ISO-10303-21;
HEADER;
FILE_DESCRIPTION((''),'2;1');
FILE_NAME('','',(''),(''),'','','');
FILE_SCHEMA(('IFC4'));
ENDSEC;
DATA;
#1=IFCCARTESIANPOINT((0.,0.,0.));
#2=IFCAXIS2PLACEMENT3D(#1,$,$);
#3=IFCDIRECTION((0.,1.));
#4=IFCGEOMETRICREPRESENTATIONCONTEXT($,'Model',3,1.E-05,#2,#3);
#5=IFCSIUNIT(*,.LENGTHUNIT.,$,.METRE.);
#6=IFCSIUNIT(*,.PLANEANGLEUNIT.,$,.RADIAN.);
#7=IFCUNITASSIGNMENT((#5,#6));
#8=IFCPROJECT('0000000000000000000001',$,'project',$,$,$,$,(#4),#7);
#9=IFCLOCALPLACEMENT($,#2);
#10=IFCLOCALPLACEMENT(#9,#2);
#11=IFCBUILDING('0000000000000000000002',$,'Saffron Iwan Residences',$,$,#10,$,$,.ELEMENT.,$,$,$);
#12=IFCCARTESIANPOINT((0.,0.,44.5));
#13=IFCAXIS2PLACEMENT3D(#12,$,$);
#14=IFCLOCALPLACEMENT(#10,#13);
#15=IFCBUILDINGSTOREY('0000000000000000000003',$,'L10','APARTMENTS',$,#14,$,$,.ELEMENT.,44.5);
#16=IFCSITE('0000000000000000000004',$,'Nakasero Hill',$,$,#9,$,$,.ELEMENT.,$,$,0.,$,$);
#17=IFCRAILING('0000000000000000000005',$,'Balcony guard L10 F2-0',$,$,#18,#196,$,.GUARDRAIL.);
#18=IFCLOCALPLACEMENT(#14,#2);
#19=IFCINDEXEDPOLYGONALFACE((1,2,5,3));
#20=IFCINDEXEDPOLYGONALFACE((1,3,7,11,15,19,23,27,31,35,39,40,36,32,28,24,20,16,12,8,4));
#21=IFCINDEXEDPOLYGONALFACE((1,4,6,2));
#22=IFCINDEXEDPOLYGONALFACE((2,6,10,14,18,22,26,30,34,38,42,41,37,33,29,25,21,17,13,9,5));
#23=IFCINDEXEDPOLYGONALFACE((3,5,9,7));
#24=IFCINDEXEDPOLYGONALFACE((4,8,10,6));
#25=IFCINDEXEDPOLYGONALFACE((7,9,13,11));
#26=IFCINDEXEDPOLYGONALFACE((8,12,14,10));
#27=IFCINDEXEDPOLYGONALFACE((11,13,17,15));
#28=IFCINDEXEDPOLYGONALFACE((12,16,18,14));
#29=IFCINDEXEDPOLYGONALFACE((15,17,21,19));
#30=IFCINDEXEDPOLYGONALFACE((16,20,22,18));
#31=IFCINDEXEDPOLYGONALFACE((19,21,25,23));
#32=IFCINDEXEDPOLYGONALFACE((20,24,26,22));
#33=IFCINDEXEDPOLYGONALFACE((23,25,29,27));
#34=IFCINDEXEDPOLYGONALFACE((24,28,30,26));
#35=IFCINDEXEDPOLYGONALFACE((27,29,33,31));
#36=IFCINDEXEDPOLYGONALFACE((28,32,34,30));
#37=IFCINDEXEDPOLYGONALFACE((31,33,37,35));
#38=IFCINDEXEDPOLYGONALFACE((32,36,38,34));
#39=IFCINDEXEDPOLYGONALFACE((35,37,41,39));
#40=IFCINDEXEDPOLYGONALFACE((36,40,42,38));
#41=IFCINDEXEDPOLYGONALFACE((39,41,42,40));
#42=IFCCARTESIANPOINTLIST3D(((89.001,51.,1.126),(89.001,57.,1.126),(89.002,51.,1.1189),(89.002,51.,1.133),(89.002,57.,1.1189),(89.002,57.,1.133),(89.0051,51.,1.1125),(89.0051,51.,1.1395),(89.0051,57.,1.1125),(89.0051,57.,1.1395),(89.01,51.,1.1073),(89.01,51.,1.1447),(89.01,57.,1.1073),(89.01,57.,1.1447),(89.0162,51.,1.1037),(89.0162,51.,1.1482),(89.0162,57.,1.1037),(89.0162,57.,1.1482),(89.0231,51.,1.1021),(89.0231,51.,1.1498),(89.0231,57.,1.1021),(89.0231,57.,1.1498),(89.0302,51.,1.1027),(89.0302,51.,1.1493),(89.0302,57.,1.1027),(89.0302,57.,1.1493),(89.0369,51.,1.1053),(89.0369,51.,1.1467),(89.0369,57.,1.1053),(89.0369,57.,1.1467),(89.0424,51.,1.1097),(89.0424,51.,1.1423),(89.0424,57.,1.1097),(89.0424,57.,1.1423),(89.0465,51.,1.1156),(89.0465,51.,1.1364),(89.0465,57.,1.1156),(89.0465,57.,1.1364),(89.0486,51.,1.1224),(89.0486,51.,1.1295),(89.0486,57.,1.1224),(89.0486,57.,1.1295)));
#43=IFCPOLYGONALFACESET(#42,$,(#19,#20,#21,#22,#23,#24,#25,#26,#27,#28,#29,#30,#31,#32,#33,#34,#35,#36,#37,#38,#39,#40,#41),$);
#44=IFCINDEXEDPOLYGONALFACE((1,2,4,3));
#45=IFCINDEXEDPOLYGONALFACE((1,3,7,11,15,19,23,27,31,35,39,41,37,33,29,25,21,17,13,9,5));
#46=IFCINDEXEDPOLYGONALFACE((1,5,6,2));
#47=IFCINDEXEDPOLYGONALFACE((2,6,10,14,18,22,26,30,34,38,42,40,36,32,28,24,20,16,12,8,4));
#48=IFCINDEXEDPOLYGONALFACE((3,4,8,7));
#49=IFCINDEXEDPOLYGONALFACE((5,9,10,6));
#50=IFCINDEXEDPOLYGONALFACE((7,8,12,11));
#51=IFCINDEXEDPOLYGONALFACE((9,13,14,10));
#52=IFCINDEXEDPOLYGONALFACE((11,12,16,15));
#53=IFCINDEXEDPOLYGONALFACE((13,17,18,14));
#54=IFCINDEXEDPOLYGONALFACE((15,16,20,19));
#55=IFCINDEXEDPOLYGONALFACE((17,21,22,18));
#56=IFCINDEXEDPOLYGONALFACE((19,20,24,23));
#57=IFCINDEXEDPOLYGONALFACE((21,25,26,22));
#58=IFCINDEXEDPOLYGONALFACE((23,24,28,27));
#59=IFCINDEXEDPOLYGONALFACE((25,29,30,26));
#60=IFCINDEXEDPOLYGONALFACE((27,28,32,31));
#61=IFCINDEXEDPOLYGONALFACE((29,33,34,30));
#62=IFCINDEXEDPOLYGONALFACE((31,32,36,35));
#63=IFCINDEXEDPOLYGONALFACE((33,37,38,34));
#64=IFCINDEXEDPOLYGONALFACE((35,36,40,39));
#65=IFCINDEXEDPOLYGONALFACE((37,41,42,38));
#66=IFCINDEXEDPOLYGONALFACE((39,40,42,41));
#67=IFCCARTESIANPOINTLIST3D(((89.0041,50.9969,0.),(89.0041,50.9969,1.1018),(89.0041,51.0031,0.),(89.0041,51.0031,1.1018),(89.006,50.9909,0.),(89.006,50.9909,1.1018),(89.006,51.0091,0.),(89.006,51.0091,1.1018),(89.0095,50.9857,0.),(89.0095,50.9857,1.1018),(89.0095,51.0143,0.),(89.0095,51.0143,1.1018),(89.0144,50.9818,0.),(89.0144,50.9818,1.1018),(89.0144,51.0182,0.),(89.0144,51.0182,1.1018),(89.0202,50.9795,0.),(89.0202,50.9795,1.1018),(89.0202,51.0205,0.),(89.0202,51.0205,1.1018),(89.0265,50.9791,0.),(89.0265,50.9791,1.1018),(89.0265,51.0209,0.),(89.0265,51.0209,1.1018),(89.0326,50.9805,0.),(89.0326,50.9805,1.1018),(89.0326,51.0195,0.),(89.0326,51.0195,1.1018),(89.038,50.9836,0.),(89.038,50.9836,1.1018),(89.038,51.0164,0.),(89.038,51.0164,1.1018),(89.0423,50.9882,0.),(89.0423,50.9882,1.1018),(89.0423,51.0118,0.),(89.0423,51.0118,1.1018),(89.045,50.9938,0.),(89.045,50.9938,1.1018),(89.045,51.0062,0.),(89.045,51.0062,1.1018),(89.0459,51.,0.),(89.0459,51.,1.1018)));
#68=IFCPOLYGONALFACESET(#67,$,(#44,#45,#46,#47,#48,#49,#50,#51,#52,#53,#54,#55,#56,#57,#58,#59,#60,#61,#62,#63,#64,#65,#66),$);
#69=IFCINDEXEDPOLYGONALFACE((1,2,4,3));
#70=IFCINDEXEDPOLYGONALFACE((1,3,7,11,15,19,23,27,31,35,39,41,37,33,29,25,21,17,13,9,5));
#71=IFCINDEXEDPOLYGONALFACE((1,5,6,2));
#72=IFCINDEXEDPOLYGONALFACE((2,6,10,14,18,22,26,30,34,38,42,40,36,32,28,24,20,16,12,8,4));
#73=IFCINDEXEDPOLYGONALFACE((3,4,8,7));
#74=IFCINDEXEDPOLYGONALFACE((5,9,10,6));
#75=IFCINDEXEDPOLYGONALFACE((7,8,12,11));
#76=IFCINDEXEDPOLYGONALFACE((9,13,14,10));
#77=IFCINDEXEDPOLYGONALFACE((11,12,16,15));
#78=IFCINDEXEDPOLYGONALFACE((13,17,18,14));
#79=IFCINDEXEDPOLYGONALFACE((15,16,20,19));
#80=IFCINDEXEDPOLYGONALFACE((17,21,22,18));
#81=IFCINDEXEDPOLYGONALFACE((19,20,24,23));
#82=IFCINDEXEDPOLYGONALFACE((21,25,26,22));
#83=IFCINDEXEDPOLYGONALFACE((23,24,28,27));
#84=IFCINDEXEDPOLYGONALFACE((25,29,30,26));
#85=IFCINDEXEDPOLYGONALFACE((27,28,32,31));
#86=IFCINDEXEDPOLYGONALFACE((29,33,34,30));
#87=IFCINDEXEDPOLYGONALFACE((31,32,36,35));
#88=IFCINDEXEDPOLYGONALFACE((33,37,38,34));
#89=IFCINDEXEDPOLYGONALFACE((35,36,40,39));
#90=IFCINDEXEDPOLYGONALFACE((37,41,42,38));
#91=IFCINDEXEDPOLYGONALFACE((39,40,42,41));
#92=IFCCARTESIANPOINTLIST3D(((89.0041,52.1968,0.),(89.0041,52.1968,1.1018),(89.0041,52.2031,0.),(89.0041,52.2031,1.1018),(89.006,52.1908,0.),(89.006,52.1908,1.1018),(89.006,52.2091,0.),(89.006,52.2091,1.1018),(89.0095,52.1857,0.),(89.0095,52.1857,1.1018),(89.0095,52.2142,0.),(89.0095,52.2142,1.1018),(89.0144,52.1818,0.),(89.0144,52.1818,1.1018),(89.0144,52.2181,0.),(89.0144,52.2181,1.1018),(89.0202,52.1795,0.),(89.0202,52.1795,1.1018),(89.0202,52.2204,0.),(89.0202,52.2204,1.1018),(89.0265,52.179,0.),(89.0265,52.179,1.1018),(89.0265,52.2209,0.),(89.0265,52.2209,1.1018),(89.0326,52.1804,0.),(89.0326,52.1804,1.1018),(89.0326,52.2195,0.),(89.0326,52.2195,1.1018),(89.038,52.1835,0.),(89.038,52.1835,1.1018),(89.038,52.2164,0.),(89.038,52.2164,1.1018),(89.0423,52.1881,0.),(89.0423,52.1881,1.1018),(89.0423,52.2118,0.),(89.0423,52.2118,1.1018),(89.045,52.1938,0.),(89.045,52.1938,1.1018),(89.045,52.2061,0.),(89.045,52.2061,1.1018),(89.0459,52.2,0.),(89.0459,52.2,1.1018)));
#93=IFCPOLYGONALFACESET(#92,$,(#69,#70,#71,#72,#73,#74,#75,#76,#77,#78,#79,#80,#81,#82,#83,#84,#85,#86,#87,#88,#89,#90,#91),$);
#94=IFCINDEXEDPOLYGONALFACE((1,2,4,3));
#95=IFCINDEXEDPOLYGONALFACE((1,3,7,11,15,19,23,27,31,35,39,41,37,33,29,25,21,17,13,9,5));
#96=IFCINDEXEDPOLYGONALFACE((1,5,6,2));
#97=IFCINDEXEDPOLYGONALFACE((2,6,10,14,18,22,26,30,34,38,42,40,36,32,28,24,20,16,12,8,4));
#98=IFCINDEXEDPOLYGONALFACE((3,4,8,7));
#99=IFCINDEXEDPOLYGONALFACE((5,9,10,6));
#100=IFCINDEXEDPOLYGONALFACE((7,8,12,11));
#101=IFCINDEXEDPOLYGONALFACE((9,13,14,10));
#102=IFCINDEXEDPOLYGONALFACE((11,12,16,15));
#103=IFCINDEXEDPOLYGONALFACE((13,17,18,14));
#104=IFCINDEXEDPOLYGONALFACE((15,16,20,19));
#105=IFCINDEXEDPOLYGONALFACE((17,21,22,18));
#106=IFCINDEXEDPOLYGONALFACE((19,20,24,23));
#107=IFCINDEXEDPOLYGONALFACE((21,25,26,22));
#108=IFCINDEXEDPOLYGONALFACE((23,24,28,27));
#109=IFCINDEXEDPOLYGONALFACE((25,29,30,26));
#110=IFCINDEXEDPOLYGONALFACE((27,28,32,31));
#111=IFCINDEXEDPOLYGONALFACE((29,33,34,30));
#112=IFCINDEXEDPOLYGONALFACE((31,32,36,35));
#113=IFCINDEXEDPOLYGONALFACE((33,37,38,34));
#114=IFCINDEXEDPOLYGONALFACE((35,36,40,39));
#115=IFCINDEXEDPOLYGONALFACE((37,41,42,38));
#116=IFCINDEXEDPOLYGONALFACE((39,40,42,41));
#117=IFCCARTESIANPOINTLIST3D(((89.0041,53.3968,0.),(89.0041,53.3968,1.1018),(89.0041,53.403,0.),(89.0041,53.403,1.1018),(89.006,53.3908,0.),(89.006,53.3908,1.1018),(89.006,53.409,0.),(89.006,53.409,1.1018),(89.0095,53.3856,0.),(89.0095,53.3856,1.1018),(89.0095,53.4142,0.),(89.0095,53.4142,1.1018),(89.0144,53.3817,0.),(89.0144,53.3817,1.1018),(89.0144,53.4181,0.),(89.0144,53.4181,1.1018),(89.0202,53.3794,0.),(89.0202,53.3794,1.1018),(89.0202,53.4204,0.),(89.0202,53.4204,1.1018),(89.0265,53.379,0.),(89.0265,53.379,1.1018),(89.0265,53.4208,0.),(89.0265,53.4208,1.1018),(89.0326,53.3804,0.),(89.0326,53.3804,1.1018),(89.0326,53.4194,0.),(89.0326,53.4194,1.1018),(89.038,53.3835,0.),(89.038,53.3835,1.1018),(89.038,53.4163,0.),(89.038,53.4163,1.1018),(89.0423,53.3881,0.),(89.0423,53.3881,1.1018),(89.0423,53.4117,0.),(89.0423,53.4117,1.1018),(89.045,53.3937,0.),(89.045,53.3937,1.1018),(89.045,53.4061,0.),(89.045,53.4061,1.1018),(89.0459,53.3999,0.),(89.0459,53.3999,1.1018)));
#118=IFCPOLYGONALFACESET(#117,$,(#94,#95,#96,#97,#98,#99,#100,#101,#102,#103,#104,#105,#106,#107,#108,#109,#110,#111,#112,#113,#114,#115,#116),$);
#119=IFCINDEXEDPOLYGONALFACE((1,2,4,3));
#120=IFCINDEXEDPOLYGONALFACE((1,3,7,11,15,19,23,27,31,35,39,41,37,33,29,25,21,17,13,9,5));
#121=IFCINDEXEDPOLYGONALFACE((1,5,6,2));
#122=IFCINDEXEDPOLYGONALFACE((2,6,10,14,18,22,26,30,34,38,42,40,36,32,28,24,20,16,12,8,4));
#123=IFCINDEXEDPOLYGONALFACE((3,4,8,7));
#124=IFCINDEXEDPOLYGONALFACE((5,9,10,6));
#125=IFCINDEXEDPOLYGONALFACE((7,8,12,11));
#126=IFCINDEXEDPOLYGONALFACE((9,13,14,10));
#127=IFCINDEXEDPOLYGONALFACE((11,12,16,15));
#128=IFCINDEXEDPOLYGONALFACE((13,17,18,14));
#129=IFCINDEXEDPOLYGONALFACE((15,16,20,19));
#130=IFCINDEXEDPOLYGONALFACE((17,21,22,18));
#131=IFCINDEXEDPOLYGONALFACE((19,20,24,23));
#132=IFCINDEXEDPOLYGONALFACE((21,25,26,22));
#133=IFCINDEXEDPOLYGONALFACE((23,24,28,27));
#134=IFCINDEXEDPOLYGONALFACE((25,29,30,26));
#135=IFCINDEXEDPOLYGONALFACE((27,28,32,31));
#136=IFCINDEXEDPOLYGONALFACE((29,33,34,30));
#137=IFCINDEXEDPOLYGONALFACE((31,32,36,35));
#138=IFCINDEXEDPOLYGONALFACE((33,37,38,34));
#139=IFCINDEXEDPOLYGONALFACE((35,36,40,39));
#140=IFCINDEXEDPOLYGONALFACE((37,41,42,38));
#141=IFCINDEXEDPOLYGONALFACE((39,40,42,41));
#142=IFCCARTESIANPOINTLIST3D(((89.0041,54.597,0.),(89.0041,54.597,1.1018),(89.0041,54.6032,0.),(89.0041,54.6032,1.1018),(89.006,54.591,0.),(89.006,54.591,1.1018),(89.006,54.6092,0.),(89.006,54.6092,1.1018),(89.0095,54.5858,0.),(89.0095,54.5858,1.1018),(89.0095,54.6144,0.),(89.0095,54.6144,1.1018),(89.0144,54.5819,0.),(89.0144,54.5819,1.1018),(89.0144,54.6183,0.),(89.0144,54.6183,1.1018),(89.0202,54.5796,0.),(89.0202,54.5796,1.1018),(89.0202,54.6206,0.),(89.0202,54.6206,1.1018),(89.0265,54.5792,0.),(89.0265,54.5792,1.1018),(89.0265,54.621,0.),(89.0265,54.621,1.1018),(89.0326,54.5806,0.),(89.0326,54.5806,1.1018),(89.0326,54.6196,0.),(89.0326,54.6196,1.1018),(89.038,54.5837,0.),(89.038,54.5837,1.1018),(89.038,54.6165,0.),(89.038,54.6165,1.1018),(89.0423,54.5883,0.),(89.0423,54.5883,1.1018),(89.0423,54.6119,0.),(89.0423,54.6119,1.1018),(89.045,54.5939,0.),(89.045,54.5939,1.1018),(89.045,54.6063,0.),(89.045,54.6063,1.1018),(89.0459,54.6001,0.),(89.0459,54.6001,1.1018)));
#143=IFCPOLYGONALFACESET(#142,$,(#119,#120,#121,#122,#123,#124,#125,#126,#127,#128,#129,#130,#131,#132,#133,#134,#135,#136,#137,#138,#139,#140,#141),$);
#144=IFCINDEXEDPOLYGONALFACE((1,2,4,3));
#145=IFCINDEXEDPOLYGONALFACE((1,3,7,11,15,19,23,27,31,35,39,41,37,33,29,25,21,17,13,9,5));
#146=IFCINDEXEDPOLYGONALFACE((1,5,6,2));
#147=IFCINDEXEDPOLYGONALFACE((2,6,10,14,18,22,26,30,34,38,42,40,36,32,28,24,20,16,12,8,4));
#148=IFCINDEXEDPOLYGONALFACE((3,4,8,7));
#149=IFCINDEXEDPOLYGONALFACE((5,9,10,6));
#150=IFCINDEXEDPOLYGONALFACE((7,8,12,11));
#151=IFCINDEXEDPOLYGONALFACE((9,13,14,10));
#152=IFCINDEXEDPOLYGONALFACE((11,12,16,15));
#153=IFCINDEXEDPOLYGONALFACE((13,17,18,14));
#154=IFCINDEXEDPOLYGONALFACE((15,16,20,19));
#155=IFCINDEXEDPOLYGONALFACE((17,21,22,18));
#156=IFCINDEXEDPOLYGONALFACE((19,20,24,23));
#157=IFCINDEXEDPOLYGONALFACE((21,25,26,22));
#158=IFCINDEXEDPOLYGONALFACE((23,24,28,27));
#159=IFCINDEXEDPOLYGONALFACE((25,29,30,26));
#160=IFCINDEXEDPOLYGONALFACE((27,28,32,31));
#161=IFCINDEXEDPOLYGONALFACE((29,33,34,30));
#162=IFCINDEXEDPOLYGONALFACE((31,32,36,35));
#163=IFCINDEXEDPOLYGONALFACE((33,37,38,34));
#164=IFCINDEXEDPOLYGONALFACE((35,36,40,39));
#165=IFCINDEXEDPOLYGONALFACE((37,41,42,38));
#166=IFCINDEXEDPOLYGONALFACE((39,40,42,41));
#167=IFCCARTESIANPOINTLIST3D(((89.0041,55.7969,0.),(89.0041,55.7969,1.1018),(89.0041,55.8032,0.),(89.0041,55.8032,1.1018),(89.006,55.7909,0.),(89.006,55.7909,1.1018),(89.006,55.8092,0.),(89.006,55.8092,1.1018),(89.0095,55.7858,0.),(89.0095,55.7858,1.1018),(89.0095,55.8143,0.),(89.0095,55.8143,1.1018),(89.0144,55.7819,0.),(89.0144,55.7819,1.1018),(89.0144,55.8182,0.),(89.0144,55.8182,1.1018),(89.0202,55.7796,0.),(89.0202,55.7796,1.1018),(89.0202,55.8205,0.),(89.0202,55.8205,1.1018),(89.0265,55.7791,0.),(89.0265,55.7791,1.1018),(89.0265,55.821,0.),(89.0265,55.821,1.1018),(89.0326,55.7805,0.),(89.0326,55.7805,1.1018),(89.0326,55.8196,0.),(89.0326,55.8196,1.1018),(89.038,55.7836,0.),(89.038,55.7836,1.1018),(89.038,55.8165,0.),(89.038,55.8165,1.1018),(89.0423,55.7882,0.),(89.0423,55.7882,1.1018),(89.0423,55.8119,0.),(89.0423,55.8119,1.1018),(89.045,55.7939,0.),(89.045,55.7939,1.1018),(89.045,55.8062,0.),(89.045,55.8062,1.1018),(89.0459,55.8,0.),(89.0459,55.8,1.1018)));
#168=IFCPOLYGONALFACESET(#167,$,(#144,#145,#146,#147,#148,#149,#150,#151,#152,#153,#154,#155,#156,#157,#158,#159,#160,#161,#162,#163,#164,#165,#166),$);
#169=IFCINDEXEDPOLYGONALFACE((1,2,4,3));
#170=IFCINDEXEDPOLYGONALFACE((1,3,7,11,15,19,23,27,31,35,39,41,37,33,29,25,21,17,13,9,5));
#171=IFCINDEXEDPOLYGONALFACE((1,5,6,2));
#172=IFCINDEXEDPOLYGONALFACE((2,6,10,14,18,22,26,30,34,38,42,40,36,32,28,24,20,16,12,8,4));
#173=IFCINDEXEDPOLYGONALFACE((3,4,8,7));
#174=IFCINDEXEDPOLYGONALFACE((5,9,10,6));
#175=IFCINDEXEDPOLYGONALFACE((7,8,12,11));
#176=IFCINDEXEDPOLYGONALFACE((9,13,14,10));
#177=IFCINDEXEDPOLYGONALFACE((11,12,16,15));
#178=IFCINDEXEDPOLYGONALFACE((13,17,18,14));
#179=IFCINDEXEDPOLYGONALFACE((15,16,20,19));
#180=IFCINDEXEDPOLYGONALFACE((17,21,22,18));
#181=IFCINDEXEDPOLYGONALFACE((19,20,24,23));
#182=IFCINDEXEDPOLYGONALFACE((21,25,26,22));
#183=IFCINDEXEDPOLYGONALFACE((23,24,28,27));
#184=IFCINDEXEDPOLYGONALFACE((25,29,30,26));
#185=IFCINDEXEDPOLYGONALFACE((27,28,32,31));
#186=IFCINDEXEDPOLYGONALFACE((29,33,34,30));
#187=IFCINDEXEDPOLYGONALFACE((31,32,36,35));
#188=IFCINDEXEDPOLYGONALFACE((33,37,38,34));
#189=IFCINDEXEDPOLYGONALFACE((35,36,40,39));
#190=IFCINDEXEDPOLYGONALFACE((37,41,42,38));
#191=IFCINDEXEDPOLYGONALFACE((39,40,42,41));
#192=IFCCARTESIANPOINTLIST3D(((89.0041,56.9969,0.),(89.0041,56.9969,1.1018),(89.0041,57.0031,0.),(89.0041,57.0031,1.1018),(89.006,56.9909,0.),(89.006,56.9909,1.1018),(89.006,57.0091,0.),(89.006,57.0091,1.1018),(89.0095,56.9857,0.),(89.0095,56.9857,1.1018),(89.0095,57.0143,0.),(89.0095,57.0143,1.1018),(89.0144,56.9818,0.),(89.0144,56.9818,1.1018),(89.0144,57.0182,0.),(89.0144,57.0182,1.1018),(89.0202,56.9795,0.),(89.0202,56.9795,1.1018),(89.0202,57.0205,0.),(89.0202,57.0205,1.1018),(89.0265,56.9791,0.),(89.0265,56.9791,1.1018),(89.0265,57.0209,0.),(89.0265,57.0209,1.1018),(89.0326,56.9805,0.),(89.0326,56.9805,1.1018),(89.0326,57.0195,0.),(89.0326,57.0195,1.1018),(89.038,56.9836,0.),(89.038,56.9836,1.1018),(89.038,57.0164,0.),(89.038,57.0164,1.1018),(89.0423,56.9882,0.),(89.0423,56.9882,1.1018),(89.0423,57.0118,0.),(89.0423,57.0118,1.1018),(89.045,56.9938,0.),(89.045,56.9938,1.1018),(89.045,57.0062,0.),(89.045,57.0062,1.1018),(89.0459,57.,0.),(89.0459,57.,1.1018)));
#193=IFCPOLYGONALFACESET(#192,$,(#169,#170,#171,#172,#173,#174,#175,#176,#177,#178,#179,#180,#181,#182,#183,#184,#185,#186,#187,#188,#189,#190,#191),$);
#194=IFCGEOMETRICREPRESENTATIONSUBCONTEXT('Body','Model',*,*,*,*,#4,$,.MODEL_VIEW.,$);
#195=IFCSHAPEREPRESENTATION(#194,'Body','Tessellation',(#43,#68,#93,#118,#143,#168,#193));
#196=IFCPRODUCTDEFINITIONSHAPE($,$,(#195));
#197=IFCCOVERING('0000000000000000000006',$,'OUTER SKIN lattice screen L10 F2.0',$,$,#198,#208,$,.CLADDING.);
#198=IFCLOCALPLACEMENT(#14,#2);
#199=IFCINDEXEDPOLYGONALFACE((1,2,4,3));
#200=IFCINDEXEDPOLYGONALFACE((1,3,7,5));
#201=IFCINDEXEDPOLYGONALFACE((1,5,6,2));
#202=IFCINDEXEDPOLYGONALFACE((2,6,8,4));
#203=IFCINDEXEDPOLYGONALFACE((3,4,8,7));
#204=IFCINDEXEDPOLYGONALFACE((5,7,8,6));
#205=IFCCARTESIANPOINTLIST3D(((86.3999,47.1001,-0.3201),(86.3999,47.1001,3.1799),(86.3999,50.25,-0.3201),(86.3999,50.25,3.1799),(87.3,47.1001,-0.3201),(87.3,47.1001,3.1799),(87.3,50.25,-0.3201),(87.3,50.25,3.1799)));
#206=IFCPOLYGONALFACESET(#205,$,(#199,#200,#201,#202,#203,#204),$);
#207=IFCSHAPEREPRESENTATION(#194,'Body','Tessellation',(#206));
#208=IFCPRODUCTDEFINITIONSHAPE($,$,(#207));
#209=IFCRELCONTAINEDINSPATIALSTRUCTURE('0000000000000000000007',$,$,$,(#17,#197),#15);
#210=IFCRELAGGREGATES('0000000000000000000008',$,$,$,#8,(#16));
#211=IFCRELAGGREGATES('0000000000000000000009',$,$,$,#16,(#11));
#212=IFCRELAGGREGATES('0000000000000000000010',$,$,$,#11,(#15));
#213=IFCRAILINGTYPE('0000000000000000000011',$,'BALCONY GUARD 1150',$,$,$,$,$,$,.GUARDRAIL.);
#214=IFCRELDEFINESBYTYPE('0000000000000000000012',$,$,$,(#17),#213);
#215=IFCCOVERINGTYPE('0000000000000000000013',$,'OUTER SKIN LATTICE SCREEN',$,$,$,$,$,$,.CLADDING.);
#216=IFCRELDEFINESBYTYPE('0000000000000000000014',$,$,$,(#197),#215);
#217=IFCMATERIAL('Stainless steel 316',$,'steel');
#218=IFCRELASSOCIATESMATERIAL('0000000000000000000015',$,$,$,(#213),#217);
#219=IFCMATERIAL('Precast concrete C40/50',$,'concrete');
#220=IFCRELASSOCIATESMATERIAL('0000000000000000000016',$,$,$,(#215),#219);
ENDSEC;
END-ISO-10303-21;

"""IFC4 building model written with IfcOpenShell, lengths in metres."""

from ifc_helpers import new_model, si_unit, direction, frame, origin, origin_2d, place, context, subcontext, project, spatial, polyline, circle, outline, extrude, material, type_object, element, save


model = new_model("IFC4")

# Units and contexts
model_context = context("Model", 3, precision=1e-05, world=origin(), true_north=direction((0.0, 1.0)))
body_context = subcontext(model_context, "Body", "Model", "MODEL_VIEW")
ifc_project = project(units=[si_unit("LENGTHUNIT", "METRE"), si_unit("PLANEANGLEUNIT", "RADIAN")], contexts=[model_context])

# Site, building, storey
site_placement = place(None, origin())
site = spatial("IfcSite", under=ifc_project, at=site_placement, Name="Nakasero Hill", CompositionType="ELEMENT", RefElevation=0.0)
building_placement = place(site_placement, origin())
building = spatial("IfcBuilding", under=site, at=building_placement, Name="Saffron Iwan Residences", CompositionType="ELEMENT")
storey_placement = place(building_placement, frame((0.0, 0.0, 44.5)))
storey = spatial("IfcBuildingStorey", under=building, at=storey_placement, Name="L10", Description="APARTMENTS", CompositionType="ELEMENT", Elevation=44.5)

# Railing
ifc_material_1 = material(Name="Stainless steel 316", Category="steel")
railing_type = type_object("IfcRailingType", Name="BALCONY GUARD 1150", PredefinedType="GUARDRAIL", material=ifc_material_1)
railing_placement = place(storey_placement, frame((89.0249, 51.0, 0.0)))
element("IfcRailing", 1, at=railing_placement, inside=storey, type_object=railing_type, Name="Balcony guard L10 F2-0", PredefinedType="GUARDRAIL", context=body_context, shape_type="SweptSolid", body=[
    extrude(circle(Radius=0.0239, at=origin_2d()), frame((0.0, 0.0, 1.126), z_axis=(0.0, 1.0, 0.0), x_axis=(-1.0, 0.0, 0.0)), (0.0, 0.0, 1.0), 6.0),
    extrude(circle(Radius=0.021, at=origin_2d()), origin(), (0.0, 0.0, 1.0), 1.1018),
    extrude(circle(Radius=0.021, at=origin_2d()), frame((0.0, 1.2, 0.0)), (0.0, 0.0, 1.0), 1.1018),
    extrude(circle(Radius=0.021, at=origin_2d()), frame((0.0, 2.3999, 0.0)), (0.0, 0.0, 1.0), 1.1018),
    extrude(circle(Radius=0.021, at=origin_2d()), frame((0.0, 3.6001, 0.0)), (0.0, 0.0, 1.0), 1.1018),
    extrude(circle(Radius=0.021, at=origin_2d()), frame((0.0, 4.8, 0.0)), (0.0, 0.0, 1.0), 1.1018),
    extrude(circle(Radius=0.021, at=origin_2d()), frame((0.0, 6.0, 0.0)), (0.0, 0.0, 1.0), 1.1018),
])

# Covering
ifc_material_2 = material(Name="Precast concrete C40/50", Category="concrete")
covering_type = type_object("IfcCoveringType", Name="OUTER SKIN LATTICE SCREEN", PredefinedType="CLADDING", material=ifc_material_2)
covering_placement = place(storey_placement, frame((86.3999, 47.1001, -0.3201), z_axis=(1.0, 0.0, 0.0), x_axis=(0.0, 1.0, 0.0)))
element("IfcCovering", 2, at=covering_placement, inside=storey, type_object=covering_type, Name="OUTER SKIN lattice screen L10 F2.0", PredefinedType="CLADDING", context=body_context, shape_type="SweptSolid", body=[
    extrude(outline(polyline([(0.0, 0.0), (3.1499, 0.0), (3.1499, 3.5), (0.0, 3.5), (0.0, 0.0)])), origin(), (0.0, 0.0, 1.0), 0.9001),
])

save(model, "model.ifc")
